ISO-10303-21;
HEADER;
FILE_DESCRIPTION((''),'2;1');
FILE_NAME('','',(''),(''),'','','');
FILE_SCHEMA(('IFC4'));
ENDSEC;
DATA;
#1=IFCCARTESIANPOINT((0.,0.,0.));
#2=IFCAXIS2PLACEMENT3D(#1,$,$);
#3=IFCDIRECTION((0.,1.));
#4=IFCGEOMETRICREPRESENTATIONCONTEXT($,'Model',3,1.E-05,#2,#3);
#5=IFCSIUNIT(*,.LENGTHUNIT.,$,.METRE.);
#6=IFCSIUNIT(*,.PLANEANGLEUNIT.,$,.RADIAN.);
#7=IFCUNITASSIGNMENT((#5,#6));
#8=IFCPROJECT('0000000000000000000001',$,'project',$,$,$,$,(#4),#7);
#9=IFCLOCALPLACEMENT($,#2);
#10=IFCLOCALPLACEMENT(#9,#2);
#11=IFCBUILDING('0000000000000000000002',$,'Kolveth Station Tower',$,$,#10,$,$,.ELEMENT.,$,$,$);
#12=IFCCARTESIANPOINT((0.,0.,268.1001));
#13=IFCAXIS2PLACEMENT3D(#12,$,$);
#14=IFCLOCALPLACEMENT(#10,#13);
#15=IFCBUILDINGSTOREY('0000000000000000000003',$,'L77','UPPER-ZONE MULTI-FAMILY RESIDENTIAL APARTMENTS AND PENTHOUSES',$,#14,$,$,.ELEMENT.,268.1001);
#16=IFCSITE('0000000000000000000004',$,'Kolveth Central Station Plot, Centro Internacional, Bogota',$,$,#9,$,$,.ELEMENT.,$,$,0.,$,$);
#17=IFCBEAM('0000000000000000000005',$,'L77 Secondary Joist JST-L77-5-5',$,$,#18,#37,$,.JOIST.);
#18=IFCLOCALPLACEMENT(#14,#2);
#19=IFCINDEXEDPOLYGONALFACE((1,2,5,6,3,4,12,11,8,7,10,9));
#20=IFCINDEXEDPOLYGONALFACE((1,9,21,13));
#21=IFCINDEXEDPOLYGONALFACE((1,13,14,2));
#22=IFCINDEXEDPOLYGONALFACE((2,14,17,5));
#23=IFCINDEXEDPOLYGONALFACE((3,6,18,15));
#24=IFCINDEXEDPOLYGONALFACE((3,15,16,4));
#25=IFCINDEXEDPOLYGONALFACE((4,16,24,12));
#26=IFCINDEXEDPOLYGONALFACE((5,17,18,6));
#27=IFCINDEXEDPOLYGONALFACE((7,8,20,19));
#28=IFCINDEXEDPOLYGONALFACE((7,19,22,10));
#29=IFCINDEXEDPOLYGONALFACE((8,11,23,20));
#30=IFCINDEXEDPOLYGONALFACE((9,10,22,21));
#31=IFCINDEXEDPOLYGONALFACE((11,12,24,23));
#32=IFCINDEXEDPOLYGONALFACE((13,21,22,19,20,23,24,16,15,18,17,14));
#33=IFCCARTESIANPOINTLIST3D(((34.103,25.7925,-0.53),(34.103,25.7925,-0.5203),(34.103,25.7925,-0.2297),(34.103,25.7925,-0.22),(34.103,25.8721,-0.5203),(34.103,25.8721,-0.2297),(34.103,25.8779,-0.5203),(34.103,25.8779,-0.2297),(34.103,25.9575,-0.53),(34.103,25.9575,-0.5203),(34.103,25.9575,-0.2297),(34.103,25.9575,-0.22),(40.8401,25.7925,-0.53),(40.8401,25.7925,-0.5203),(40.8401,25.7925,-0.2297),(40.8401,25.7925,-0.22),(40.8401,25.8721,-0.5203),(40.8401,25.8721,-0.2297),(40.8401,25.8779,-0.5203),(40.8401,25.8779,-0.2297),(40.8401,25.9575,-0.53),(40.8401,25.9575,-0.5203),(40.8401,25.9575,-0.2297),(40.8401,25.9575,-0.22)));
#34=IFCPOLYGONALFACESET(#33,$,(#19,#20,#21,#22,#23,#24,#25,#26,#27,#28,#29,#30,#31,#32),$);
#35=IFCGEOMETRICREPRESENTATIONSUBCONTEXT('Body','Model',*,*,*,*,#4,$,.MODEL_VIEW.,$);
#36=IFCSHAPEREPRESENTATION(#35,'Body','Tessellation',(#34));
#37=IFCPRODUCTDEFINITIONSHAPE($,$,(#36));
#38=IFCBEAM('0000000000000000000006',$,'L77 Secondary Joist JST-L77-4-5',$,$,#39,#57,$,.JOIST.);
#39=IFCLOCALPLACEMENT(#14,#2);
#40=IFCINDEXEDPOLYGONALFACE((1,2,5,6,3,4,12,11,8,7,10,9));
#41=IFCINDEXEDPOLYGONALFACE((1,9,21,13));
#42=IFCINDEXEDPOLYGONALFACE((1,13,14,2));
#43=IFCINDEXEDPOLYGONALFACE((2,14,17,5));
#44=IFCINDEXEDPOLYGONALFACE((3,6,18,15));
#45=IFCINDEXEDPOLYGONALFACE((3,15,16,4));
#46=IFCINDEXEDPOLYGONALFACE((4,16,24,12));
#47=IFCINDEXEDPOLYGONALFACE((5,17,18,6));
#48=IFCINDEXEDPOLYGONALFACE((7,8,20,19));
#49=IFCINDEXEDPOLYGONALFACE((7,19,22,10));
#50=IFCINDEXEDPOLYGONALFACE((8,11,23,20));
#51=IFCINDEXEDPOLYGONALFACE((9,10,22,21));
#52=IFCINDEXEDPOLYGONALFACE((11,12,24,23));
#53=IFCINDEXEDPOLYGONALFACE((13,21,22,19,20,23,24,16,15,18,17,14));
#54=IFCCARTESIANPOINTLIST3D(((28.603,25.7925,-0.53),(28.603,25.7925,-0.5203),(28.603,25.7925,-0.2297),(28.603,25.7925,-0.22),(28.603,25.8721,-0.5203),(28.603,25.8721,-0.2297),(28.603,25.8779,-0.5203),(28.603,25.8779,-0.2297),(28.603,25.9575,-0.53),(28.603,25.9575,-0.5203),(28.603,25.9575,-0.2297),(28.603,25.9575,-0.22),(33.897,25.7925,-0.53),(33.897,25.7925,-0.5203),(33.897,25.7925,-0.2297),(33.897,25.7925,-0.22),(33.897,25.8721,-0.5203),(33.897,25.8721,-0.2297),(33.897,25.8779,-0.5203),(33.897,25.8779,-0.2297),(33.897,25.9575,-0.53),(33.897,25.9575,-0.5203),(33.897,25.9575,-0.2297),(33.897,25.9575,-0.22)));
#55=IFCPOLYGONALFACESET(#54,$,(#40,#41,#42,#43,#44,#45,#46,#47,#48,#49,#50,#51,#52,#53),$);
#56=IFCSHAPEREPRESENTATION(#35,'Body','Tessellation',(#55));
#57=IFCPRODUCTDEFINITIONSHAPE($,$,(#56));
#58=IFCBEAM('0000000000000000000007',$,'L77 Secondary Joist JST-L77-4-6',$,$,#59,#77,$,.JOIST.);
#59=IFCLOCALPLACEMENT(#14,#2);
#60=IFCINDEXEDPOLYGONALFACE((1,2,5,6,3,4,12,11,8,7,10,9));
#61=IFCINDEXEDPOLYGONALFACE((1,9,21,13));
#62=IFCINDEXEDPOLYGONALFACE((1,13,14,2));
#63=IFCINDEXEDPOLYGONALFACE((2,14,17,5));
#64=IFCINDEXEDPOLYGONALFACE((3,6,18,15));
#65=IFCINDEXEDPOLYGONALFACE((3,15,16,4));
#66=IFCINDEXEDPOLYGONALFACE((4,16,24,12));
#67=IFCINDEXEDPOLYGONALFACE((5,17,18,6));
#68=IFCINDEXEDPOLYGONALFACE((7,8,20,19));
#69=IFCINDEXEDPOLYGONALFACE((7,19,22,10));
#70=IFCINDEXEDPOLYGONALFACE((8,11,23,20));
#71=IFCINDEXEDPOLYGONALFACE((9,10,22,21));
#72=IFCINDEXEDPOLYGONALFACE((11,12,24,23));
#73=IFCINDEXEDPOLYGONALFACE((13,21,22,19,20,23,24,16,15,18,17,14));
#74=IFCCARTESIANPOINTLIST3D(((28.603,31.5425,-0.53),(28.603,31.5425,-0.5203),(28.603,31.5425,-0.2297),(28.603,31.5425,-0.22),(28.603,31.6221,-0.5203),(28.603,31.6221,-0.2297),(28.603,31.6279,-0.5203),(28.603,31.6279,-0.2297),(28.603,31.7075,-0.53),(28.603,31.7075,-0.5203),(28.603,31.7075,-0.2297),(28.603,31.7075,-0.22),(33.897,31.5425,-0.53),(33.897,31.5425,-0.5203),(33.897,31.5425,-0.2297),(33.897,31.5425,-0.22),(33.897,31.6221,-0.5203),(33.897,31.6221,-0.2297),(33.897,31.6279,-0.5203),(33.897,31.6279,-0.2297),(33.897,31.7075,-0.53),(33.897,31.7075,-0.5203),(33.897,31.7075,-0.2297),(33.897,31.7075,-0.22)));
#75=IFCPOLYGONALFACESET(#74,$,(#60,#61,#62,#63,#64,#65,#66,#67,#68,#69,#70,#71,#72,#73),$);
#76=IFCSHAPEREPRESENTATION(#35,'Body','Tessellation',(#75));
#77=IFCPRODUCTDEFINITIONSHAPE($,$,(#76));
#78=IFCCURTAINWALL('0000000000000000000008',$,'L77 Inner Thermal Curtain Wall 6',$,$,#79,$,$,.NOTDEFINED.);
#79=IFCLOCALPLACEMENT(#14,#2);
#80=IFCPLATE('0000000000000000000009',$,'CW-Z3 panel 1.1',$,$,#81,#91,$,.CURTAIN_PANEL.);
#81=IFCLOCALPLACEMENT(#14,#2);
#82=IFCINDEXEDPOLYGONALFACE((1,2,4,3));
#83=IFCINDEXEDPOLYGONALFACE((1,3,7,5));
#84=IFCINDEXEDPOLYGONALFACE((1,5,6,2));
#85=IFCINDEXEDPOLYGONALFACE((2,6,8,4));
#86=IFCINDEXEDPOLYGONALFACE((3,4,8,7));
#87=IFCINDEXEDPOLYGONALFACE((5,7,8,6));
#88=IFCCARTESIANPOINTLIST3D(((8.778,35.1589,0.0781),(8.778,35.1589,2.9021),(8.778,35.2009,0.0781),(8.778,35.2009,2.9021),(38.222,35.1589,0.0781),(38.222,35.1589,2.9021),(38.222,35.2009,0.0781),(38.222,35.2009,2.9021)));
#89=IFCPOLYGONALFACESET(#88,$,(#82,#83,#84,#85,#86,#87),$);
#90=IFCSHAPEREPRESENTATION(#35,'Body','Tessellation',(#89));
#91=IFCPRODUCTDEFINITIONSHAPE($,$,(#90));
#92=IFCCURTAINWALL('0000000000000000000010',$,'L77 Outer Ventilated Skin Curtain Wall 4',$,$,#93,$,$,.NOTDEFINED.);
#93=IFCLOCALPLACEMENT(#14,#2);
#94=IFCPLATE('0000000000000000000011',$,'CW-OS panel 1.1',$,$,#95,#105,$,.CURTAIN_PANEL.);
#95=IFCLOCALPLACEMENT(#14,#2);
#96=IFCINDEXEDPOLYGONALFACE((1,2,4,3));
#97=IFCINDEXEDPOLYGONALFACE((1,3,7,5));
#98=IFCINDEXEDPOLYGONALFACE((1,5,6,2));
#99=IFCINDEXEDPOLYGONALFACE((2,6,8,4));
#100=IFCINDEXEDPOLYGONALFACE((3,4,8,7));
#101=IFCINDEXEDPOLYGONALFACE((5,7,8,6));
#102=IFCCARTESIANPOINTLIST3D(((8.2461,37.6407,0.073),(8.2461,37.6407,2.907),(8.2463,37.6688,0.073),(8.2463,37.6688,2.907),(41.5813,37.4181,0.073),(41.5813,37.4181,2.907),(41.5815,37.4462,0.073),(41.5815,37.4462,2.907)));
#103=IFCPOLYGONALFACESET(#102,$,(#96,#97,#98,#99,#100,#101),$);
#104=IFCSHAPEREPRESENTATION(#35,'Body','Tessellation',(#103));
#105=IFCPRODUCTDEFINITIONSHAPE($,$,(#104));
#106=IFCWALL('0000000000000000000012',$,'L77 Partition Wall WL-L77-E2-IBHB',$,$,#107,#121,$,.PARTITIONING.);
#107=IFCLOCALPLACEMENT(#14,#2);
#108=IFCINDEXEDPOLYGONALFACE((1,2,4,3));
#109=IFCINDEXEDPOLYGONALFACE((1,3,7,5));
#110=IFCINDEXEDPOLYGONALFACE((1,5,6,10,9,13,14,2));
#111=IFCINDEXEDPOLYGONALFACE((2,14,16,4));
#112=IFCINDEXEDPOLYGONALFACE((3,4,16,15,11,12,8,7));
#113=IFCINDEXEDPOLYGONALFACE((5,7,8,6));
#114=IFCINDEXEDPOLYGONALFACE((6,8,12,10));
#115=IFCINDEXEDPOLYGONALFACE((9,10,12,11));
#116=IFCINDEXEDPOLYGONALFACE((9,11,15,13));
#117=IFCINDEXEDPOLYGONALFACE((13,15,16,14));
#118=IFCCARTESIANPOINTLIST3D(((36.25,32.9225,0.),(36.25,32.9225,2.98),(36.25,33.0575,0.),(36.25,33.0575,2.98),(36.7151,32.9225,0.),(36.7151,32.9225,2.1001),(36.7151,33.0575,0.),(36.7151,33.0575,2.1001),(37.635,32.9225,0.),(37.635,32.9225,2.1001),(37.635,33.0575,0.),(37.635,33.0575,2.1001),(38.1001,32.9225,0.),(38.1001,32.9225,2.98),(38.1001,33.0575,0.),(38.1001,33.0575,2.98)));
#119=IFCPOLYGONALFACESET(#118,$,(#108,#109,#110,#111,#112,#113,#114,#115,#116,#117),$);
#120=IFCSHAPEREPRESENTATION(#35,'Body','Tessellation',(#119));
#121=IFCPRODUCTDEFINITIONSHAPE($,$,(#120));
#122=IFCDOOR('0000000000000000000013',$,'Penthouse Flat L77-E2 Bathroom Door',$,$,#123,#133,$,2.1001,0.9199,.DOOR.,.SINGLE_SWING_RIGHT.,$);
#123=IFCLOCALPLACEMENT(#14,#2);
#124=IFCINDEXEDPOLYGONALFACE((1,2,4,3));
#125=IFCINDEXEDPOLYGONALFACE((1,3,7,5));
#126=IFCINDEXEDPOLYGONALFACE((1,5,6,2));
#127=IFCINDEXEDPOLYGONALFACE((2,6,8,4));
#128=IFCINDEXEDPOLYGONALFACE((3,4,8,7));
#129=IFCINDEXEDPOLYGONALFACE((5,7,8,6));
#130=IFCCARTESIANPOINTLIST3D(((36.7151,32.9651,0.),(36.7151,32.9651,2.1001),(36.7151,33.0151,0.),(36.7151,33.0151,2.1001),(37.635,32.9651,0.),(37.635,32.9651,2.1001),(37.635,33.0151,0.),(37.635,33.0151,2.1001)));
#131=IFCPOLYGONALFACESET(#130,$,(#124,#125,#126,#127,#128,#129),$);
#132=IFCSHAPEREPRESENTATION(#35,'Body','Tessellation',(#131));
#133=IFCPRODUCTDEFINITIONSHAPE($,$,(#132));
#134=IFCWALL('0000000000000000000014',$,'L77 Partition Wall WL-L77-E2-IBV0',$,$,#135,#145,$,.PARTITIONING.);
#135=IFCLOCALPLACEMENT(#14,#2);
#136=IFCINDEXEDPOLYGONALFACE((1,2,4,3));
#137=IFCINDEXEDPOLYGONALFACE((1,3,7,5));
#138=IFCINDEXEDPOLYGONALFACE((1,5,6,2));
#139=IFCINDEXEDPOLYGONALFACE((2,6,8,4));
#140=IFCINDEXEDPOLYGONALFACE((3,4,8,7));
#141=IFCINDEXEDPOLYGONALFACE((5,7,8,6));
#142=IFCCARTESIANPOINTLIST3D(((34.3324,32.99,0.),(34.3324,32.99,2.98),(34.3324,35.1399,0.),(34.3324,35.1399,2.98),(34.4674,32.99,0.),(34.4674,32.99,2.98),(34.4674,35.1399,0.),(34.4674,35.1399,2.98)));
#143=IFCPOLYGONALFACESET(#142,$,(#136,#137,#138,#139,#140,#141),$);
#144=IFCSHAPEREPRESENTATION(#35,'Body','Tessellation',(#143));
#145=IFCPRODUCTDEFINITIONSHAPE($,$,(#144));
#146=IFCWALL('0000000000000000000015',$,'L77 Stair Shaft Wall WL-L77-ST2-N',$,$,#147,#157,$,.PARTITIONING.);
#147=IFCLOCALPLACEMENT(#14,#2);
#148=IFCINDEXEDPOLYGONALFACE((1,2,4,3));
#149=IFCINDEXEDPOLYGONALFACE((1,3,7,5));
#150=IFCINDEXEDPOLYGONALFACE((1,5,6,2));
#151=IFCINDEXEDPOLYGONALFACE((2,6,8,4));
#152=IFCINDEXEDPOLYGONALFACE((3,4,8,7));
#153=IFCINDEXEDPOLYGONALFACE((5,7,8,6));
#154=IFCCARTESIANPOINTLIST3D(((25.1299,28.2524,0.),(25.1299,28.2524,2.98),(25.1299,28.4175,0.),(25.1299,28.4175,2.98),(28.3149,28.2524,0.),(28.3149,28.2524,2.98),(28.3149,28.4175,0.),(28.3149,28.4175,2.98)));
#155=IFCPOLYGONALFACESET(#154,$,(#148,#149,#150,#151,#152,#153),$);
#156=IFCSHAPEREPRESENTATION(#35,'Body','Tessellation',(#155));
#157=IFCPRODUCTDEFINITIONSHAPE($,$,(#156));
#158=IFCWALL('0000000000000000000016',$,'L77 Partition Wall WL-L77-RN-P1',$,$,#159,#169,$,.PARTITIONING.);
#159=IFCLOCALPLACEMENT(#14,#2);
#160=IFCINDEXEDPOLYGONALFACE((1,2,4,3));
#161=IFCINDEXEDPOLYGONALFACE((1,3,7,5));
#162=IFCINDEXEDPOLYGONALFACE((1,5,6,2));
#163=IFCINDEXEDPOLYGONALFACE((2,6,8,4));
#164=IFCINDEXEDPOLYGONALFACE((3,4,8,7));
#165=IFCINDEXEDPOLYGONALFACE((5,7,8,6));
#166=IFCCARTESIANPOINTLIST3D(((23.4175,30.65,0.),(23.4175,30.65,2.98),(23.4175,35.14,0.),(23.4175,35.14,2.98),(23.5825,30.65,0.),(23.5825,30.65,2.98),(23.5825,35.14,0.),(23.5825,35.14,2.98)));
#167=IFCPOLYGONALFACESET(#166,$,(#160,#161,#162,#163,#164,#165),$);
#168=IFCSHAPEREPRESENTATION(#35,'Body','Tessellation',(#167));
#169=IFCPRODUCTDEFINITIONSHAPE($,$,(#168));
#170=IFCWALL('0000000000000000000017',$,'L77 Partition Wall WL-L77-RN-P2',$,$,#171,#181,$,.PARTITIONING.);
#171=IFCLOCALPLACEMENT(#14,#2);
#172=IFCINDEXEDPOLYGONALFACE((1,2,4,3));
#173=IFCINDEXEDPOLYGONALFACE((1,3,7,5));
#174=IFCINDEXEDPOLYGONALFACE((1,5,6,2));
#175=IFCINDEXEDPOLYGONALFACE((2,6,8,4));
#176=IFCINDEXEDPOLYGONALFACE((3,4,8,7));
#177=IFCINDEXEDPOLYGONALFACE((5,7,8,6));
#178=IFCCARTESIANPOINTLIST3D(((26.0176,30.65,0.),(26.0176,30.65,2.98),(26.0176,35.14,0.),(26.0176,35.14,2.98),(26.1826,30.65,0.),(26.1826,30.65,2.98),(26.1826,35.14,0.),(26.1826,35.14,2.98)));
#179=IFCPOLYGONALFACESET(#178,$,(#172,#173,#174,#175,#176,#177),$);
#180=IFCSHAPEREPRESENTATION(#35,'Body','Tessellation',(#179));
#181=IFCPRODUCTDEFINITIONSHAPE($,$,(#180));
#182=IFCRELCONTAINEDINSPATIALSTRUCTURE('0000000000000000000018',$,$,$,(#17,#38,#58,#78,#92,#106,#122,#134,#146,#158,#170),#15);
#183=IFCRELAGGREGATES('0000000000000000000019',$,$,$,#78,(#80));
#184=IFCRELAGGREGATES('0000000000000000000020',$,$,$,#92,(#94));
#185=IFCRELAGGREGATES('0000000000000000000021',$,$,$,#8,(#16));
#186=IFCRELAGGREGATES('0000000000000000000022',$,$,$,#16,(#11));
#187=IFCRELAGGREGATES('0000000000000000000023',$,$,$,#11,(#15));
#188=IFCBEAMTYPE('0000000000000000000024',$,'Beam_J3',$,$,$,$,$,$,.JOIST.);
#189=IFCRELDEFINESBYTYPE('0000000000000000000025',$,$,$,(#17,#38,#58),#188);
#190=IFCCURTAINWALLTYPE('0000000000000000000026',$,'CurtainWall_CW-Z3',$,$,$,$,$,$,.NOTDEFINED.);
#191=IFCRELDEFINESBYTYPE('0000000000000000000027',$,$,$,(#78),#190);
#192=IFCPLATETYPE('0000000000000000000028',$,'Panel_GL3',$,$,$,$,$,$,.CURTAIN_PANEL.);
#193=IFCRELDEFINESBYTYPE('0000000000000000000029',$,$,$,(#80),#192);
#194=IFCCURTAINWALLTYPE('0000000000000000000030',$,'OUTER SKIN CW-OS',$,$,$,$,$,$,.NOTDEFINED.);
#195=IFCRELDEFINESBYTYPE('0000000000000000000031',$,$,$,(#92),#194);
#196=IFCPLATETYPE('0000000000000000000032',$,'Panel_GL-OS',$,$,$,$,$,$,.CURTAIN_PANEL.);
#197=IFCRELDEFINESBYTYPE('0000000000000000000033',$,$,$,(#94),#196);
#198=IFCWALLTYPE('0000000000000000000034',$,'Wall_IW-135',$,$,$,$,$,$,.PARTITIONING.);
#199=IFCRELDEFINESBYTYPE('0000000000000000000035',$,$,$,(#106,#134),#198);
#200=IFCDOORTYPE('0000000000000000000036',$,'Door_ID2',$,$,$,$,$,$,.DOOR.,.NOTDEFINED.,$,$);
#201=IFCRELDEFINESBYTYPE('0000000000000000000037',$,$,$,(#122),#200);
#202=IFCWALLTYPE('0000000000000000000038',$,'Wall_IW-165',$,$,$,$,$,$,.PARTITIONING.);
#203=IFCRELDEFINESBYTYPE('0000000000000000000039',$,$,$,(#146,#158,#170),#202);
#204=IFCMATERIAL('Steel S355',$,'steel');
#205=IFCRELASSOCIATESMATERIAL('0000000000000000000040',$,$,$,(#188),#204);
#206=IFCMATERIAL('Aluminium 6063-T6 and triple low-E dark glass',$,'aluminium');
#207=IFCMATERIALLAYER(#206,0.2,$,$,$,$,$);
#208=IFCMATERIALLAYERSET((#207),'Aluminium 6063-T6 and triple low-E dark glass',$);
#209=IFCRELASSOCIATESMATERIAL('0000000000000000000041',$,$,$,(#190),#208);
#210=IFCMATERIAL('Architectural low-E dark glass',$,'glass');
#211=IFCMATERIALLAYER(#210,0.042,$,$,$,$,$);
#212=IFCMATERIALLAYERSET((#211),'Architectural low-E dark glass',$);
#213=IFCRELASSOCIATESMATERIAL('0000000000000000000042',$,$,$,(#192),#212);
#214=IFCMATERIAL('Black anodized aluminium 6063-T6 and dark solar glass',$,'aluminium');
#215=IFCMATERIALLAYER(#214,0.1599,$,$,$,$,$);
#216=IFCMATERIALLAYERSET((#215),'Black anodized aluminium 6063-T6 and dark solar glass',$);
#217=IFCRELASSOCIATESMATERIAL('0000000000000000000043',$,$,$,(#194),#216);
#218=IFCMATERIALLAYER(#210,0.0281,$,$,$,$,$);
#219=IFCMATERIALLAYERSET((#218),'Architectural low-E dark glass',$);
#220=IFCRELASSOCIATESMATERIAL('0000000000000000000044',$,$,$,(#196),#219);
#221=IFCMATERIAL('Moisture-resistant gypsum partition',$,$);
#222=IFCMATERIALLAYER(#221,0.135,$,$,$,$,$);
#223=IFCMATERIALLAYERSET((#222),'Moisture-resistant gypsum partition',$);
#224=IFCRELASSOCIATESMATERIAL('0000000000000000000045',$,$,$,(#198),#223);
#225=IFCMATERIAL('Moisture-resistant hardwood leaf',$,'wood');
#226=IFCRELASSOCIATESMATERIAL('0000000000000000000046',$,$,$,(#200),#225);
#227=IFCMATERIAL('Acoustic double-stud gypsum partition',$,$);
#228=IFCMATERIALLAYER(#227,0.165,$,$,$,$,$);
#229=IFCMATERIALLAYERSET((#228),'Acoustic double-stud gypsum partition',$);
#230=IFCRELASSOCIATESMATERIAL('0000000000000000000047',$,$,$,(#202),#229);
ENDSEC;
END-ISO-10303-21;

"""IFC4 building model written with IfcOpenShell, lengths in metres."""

from ifc_helpers import new_model, si_unit, direction, frame, frame_2d, origin, origin_2d, place, context, subcontext, project, spatial, rectangle, i_section, extrude, source, transform, mapped, material, layer, layer_set, material_profile, profile_set, type_object, element, fill, aggregate, save


model = new_model("IFC4")

# Units and contexts
model_context = context("Model", 3, precision=1e-05, world=origin(), true_north=direction((0.0, 1.0)))
body_context = subcontext(model_context, "Body", "Model", "MODEL_VIEW")
ifc_project = project(units=[si_unit("LENGTHUNIT", "METRE"), si_unit("PLANEANGLEUNIT", "RADIAN")], contexts=[model_context])

# Site, building, storey
site_placement = place(None, origin())
site = spatial("IfcSite", under=ifc_project, at=site_placement, Name="Kolveth Central Station Plot, Centro Internacional, Bogota", CompositionType="ELEMENT", RefElevation=0.0)
building_placement = place(site_placement, origin())
building = spatial("IfcBuilding", under=site, at=building_placement, Name="Kolveth Station Tower", CompositionType="ELEMENT")
storey_placement = place(building_placement, frame((0.0, 0.0, 268.1001)))
storey = spatial("IfcBuildingStorey", under=building, at=storey_placement, Name="L77", Description="UPPER-ZONE MULTI-FAMILY RESIDENTIAL APARTMENTS AND PENTHOUSES", CompositionType="ELEMENT", Elevation=268.1001)

# Shared definitions
ifc_material_1 = material(Name="Steel S355", Category="steel")

# Beams
ifc_material_profile_1 = material_profile(ifc_material_1, i_section(OverallWidth=0.165, OverallDepth=0.3101, WebThickness=0.0059, FlangeThickness=0.0098, at=origin_2d()), Name="W310x39")
ifc_profile_set_1 = profile_set([ifc_material_profile_1], Name="Steel S355")
beam_type_1 = type_object("IfcBeamType", Name="Beam_J3", PredefinedType="JOIST", material=ifc_profile_set_1)
shared_shape_1 = source(origin(), body_context, "Body", "SweptSolid", [
    extrude(i_section(OverallWidth=0.165, OverallDepth=0.3101, WebThickness=0.0059, FlangeThickness=0.0098, at=origin_2d()), origin(), (0.0, 0.0, 1.0), 6.7371),
])
beam_1_placement = place(storey_placement, frame((34.103, 25.875, -0.375), z_axis=(1.0, 0.0, 0.0), x_axis=(0.0, 1.0, 0.0)))
element("IfcBeam", 1, at=beam_1_placement, inside=storey, type_object=beam_type_1, Name="L77 Secondary Joist JST-L77-5-5", PredefinedType="JOIST", context=body_context, shape_type="MappedRepresentation", body=[
    mapped(shared_shape_1, transform((0.0, 0.0, 0.0), x_axis=(1.0, 0.0, 0.0), y_axis=(0.0, 1.0, 0.0), z_axis=(0.0, 0.0, 1.0), scale=1.0)),
])
shared_shape_2 = source(origin(), body_context, "Body", "SweptSolid", [
    extrude(i_section(OverallWidth=0.165, OverallDepth=0.3101, WebThickness=0.0059, FlangeThickness=0.0098, at=origin_2d()), origin(), (0.0, 0.0, 1.0), 5.2939),
])
for number, where, z_axis, x_axis, name in (
    (2, (28.603, 25.875, -0.375), (1.0, 0.0, 0.0), (0.0, 1.0, 0.0), "L77 Secondary Joist JST-L77-4-5"),
    (3, (28.603, 31.625, -0.375), (1.0, 0.0, 0.0), (0.0, 1.0, 0.0), "L77 Secondary Joist JST-L77-4-6"),
):
    element("IfcBeam", number, at=place(storey_placement, frame(where, z_axis=z_axis, x_axis=x_axis)), inside=storey, type_object=beam_type_1, Name=name, PredefinedType="JOIST", context=body_context, shape_type="MappedRepresentation", body=[
        mapped(shared_shape_2, transform((0.0, 0.0, 0.0), x_axis=(1.0, 0.0, 0.0), y_axis=(0.0, 1.0, 0.0), z_axis=(0.0, 0.0, 1.0), scale=1.0)),
    ])

# Curtain walls, plates
ifc_material_2 = material(Name="Aluminium 6063-T6 and triple low-E dark glass", Category="aluminium")
ifc_layer_1 = layer(ifc_material_2, 0.2)
ifc_layer_set_1 = layer_set([ifc_layer_1], Name="Aluminium 6063-T6 and triple low-E dark glass")
curtain_wall_type_1 = type_object("IfcCurtainWallType", Name="CurtainWall_CW-Z3", PredefinedType="NOTDEFINED", material=ifc_layer_set_1)
curtain_wall_1_placement = place(storey_placement, origin())
curtain_wall_1 = element("IfcCurtainWall", 4, at=curtain_wall_1_placement, inside=storey, type_object=curtain_wall_type_1, Name="L77 Inner Thermal Curtain Wall 6", PredefinedType="NOTDEFINED")
ifc_material_3 = material(Name="Architectural low-E dark glass", Category="glass")
ifc_layer_2 = layer(ifc_material_3, 0.042)
ifc_layer_set_2 = layer_set([ifc_layer_2], Name="Architectural low-E dark glass")
plate_type_1 = type_object("IfcPlateType", Name="Panel_GL3", PredefinedType="CURTAIN_PANEL", material=ifc_layer_set_2)
shared_shape_3 = source(origin(), body_context, "Body", "SweptSolid", [
    extrude(rectangle(XDim=29.4441, YDim=0.042, at=origin_2d()), origin(), (0.0, 0.0, 1.0), 2.824),
])
plate_1_placement = place(storey_placement, frame((23.5, 35.1799, 0.0781), z_axis=(0.0, 0.0, 1.0), x_axis=(-1.0, 0.0, 0.0)))
plate_1 = element("IfcPlate", 5, at=plate_1_placement, type_object=plate_type_1, Name="CW-Z3 panel 1.1", PredefinedType="CURTAIN_PANEL", context=body_context, shape_type="MappedRepresentation", body=[
    mapped(shared_shape_3, transform((0.0, 0.0, 0.0), x_axis=(1.0, 0.0, 0.0), y_axis=(0.0, 1.0, 0.0), z_axis=(0.0, 0.0, 1.0), scale=1.0)),
])
aggregate(curtain_wall_1, [plate_1])
ifc_material_4 = material(Name="Black anodized aluminium 6063-T6 and dark solar glass", Category="aluminium")
ifc_layer_3 = layer(ifc_material_4, 0.1599)
ifc_layer_set_3 = layer_set([ifc_layer_3], Name="Black anodized aluminium 6063-T6 and dark solar glass")
curtain_wall_type_2 = type_object("IfcCurtainWallType", Name="OUTER SKIN CW-OS", PredefinedType="NOTDEFINED", material=ifc_layer_set_3)
curtain_wall_2_placement = place(storey_placement, origin())
curtain_wall_2 = element("IfcCurtainWall", 6, at=curtain_wall_2_placement, inside=storey, type_object=curtain_wall_type_2, Name="L77 Outer Ventilated Skin Curtain Wall 4", PredefinedType="NOTDEFINED")
ifc_layer_4 = layer(ifc_material_3, 0.0281)
ifc_layer_set_4 = layer_set([ifc_layer_4], Name="Architectural low-E dark glass")
plate_type_2 = type_object("IfcPlateType", Name="Panel_GL-OS", PredefinedType="CURTAIN_PANEL", material=ifc_layer_set_4)
shared_shape_4 = source(origin(), body_context, "Body", "SweptSolid", [
    extrude(rectangle(XDim=33.3359, YDim=0.0281, at=origin_2d()), origin(), (0.0, 0.0, 1.0), 2.834),
])
plate_2_placement = place(storey_placement, frame((24.9138, 37.5435, 0.073), z_axis=(0.0, 0.0, 1.0), x_axis=(-0.999978, 0.006677, 0.0)))
plate_2 = element("IfcPlate", 7, at=plate_2_placement, type_object=plate_type_2, Name="CW-OS panel 1.1", PredefinedType="CURTAIN_PANEL", context=body_context, shape_type="MappedRepresentation", body=[
    mapped(shared_shape_4, transform((0.0, 0.0, 0.0), x_axis=(1.0, 0.0, 0.0), y_axis=(0.0, 1.0, 0.0), z_axis=(0.0, 0.0, 1.0), scale=1.0)),
])
aggregate(curtain_wall_2, [plate_2])

# Wall, opening, door
ifc_material_5 = material(Name="Moisture-resistant gypsum partition")
ifc_layer_5 = layer(ifc_material_5, 0.135)
ifc_layer_set_5 = layer_set([ifc_layer_5], Name="Moisture-resistant gypsum partition")
wall_type_1 = type_object("IfcWallType", Name="Wall_IW-135", PredefinedType="PARTITIONING", material=ifc_layer_set_5)
wall_1_placement = place(storey_placement, frame((36.25, 32.99, 0.0), z_axis=(0.0, 0.0, 1.0), x_axis=(1.0, 0.0, 0.0)))
wall_1 = element("IfcWall", 8, at=wall_1_placement, inside=storey, type_object=wall_type_1, Name="L77 Partition Wall WL-L77-E2-IBHB", PredefinedType="PARTITIONING", context=body_context, shape_type="SweptSolid", body=[
    extrude(rectangle(XDim=1.8501, YDim=0.135, at=frame_2d((0.925, 0.0))), origin(), (0.0, 0.0, 1.0), 2.98),
])
opening_1_placement = place(wall_1_placement, frame((0.4651, 0.0, 0.0)))
opening_1 = element("IfcOpeningElement", 9, at=opening_1_placement, cuts=wall_1, PredefinedType="OPENING", context=body_context, shape_type="SweptSolid", body=[
    extrude(rectangle(XDim=0.9199, YDim=2.1001, at=frame_2d((0.46, 1.05))), frame((0.0, 0.0774, 0.0), z_axis=(0.0, -1.0, 0.0), x_axis=(1.0, 0.0, 0.0)), (0.0, 0.0, 1.0), 0.155),
])
ifc_material_6 = material(Name="Moisture-resistant hardwood leaf", Category="wood")
door_type_1 = type_object("IfcDoorType", Name="Door_ID2", OperationType="NOTDEFINED", PredefinedType="DOOR", material=ifc_material_6)
door_1_placement = place(opening_1_placement, frame((0.9199, 0.0, 0.0), z_axis=(0.0, 0.0, 1.0), x_axis=(-1.0, 0.0, 0.0)))
door_1 = element("IfcDoor", 10, at=door_1_placement, inside=storey, type_object=door_type_1, Name="Penthouse Flat L77-E2 Bathroom Door", OperationType="SINGLE_SWING_RIGHT", OverallHeight=2.1001, OverallWidth=0.9199, PredefinedType="DOOR", context=body_context, shape_type="SweptSolid", body=[
    extrude(rectangle(XDim=0.9199, YDim=2.1001, at=frame_2d((0.46, 1.05))), frame((0.0, 0.0249, 0.0), z_axis=(0.0, -1.0, 0.0), x_axis=(1.0, 0.0, 0.0)), (0.0, 0.0, 1.0), 0.05),
])
fill(opening_1, door_1)

# Walls
wall_2_placement = place(storey_placement, frame((34.3999, 32.99, 0.0), z_axis=(0.0, 0.0, 1.0), x_axis=(0.0, 1.0, 0.0)))
element("IfcWall", 11, at=wall_2_placement, inside=storey, type_object=wall_type_1, Name="L77 Partition Wall WL-L77-E2-IBV0", PredefinedType="PARTITIONING", context=body_context, shape_type="SweptSolid", body=[
    extrude(rectangle(XDim=2.1499, YDim=0.135, at=frame_2d((1.075, 0.0))), origin(), (0.0, 0.0, 1.0), 2.98),
])
ifc_material_7 = material(Name="Acoustic double-stud gypsum partition")
ifc_layer_6 = layer(ifc_material_7, 0.165)
ifc_layer_set_6 = layer_set([ifc_layer_6], Name="Acoustic double-stud gypsum partition")
wall_type_2 = type_object("IfcWallType", Name="Wall_IW-165", PredefinedType="PARTITIONING", material=ifc_layer_set_6)
wall_3_placement = place(storey_placement, frame((25.1299, 28.335, 0.0), z_axis=(0.0, 0.0, 1.0), x_axis=(1.0, 0.0, 0.0)))
element("IfcWall", 12, at=wall_3_placement, inside=storey, type_object=wall_type_2, Name="L77 Stair Shaft Wall WL-L77-ST2-N", PredefinedType="PARTITIONING", context=body_context, shape_type="SweptSolid", body=[
    extrude(rectangle(XDim=3.1851, YDim=0.165, at=frame_2d((1.5925, 0.0))), origin(), (0.0, 0.0, 1.0), 2.98),
])
for number, where, z_axis, x_axis, name in (
    (13, (23.5, 30.6499, 0.0), (0.0, 0.0, 1.0), (0.0, 1.0, 0.0), "L77 Partition Wall WL-L77-RN-P1"),
    (14, (26.1001, 30.6499, 0.0), (0.0, 0.0, 1.0), (0.0, 1.0, 0.0), "L77 Partition Wall WL-L77-RN-P2"),
):
    element("IfcWall", number, at=place(storey_placement, frame(where, z_axis=z_axis, x_axis=x_axis)), inside=storey, type_object=wall_type_2, Name=name, PredefinedType="PARTITIONING", context=body_context, shape_type="SweptSolid", body=[
        extrude(rectangle(XDim=4.49, YDim=0.165, at=frame_2d((2.2451, 0.0))), origin(), (0.0, 0.0, 1.0), 2.98),
    ])

save(model, "model.ifc")
